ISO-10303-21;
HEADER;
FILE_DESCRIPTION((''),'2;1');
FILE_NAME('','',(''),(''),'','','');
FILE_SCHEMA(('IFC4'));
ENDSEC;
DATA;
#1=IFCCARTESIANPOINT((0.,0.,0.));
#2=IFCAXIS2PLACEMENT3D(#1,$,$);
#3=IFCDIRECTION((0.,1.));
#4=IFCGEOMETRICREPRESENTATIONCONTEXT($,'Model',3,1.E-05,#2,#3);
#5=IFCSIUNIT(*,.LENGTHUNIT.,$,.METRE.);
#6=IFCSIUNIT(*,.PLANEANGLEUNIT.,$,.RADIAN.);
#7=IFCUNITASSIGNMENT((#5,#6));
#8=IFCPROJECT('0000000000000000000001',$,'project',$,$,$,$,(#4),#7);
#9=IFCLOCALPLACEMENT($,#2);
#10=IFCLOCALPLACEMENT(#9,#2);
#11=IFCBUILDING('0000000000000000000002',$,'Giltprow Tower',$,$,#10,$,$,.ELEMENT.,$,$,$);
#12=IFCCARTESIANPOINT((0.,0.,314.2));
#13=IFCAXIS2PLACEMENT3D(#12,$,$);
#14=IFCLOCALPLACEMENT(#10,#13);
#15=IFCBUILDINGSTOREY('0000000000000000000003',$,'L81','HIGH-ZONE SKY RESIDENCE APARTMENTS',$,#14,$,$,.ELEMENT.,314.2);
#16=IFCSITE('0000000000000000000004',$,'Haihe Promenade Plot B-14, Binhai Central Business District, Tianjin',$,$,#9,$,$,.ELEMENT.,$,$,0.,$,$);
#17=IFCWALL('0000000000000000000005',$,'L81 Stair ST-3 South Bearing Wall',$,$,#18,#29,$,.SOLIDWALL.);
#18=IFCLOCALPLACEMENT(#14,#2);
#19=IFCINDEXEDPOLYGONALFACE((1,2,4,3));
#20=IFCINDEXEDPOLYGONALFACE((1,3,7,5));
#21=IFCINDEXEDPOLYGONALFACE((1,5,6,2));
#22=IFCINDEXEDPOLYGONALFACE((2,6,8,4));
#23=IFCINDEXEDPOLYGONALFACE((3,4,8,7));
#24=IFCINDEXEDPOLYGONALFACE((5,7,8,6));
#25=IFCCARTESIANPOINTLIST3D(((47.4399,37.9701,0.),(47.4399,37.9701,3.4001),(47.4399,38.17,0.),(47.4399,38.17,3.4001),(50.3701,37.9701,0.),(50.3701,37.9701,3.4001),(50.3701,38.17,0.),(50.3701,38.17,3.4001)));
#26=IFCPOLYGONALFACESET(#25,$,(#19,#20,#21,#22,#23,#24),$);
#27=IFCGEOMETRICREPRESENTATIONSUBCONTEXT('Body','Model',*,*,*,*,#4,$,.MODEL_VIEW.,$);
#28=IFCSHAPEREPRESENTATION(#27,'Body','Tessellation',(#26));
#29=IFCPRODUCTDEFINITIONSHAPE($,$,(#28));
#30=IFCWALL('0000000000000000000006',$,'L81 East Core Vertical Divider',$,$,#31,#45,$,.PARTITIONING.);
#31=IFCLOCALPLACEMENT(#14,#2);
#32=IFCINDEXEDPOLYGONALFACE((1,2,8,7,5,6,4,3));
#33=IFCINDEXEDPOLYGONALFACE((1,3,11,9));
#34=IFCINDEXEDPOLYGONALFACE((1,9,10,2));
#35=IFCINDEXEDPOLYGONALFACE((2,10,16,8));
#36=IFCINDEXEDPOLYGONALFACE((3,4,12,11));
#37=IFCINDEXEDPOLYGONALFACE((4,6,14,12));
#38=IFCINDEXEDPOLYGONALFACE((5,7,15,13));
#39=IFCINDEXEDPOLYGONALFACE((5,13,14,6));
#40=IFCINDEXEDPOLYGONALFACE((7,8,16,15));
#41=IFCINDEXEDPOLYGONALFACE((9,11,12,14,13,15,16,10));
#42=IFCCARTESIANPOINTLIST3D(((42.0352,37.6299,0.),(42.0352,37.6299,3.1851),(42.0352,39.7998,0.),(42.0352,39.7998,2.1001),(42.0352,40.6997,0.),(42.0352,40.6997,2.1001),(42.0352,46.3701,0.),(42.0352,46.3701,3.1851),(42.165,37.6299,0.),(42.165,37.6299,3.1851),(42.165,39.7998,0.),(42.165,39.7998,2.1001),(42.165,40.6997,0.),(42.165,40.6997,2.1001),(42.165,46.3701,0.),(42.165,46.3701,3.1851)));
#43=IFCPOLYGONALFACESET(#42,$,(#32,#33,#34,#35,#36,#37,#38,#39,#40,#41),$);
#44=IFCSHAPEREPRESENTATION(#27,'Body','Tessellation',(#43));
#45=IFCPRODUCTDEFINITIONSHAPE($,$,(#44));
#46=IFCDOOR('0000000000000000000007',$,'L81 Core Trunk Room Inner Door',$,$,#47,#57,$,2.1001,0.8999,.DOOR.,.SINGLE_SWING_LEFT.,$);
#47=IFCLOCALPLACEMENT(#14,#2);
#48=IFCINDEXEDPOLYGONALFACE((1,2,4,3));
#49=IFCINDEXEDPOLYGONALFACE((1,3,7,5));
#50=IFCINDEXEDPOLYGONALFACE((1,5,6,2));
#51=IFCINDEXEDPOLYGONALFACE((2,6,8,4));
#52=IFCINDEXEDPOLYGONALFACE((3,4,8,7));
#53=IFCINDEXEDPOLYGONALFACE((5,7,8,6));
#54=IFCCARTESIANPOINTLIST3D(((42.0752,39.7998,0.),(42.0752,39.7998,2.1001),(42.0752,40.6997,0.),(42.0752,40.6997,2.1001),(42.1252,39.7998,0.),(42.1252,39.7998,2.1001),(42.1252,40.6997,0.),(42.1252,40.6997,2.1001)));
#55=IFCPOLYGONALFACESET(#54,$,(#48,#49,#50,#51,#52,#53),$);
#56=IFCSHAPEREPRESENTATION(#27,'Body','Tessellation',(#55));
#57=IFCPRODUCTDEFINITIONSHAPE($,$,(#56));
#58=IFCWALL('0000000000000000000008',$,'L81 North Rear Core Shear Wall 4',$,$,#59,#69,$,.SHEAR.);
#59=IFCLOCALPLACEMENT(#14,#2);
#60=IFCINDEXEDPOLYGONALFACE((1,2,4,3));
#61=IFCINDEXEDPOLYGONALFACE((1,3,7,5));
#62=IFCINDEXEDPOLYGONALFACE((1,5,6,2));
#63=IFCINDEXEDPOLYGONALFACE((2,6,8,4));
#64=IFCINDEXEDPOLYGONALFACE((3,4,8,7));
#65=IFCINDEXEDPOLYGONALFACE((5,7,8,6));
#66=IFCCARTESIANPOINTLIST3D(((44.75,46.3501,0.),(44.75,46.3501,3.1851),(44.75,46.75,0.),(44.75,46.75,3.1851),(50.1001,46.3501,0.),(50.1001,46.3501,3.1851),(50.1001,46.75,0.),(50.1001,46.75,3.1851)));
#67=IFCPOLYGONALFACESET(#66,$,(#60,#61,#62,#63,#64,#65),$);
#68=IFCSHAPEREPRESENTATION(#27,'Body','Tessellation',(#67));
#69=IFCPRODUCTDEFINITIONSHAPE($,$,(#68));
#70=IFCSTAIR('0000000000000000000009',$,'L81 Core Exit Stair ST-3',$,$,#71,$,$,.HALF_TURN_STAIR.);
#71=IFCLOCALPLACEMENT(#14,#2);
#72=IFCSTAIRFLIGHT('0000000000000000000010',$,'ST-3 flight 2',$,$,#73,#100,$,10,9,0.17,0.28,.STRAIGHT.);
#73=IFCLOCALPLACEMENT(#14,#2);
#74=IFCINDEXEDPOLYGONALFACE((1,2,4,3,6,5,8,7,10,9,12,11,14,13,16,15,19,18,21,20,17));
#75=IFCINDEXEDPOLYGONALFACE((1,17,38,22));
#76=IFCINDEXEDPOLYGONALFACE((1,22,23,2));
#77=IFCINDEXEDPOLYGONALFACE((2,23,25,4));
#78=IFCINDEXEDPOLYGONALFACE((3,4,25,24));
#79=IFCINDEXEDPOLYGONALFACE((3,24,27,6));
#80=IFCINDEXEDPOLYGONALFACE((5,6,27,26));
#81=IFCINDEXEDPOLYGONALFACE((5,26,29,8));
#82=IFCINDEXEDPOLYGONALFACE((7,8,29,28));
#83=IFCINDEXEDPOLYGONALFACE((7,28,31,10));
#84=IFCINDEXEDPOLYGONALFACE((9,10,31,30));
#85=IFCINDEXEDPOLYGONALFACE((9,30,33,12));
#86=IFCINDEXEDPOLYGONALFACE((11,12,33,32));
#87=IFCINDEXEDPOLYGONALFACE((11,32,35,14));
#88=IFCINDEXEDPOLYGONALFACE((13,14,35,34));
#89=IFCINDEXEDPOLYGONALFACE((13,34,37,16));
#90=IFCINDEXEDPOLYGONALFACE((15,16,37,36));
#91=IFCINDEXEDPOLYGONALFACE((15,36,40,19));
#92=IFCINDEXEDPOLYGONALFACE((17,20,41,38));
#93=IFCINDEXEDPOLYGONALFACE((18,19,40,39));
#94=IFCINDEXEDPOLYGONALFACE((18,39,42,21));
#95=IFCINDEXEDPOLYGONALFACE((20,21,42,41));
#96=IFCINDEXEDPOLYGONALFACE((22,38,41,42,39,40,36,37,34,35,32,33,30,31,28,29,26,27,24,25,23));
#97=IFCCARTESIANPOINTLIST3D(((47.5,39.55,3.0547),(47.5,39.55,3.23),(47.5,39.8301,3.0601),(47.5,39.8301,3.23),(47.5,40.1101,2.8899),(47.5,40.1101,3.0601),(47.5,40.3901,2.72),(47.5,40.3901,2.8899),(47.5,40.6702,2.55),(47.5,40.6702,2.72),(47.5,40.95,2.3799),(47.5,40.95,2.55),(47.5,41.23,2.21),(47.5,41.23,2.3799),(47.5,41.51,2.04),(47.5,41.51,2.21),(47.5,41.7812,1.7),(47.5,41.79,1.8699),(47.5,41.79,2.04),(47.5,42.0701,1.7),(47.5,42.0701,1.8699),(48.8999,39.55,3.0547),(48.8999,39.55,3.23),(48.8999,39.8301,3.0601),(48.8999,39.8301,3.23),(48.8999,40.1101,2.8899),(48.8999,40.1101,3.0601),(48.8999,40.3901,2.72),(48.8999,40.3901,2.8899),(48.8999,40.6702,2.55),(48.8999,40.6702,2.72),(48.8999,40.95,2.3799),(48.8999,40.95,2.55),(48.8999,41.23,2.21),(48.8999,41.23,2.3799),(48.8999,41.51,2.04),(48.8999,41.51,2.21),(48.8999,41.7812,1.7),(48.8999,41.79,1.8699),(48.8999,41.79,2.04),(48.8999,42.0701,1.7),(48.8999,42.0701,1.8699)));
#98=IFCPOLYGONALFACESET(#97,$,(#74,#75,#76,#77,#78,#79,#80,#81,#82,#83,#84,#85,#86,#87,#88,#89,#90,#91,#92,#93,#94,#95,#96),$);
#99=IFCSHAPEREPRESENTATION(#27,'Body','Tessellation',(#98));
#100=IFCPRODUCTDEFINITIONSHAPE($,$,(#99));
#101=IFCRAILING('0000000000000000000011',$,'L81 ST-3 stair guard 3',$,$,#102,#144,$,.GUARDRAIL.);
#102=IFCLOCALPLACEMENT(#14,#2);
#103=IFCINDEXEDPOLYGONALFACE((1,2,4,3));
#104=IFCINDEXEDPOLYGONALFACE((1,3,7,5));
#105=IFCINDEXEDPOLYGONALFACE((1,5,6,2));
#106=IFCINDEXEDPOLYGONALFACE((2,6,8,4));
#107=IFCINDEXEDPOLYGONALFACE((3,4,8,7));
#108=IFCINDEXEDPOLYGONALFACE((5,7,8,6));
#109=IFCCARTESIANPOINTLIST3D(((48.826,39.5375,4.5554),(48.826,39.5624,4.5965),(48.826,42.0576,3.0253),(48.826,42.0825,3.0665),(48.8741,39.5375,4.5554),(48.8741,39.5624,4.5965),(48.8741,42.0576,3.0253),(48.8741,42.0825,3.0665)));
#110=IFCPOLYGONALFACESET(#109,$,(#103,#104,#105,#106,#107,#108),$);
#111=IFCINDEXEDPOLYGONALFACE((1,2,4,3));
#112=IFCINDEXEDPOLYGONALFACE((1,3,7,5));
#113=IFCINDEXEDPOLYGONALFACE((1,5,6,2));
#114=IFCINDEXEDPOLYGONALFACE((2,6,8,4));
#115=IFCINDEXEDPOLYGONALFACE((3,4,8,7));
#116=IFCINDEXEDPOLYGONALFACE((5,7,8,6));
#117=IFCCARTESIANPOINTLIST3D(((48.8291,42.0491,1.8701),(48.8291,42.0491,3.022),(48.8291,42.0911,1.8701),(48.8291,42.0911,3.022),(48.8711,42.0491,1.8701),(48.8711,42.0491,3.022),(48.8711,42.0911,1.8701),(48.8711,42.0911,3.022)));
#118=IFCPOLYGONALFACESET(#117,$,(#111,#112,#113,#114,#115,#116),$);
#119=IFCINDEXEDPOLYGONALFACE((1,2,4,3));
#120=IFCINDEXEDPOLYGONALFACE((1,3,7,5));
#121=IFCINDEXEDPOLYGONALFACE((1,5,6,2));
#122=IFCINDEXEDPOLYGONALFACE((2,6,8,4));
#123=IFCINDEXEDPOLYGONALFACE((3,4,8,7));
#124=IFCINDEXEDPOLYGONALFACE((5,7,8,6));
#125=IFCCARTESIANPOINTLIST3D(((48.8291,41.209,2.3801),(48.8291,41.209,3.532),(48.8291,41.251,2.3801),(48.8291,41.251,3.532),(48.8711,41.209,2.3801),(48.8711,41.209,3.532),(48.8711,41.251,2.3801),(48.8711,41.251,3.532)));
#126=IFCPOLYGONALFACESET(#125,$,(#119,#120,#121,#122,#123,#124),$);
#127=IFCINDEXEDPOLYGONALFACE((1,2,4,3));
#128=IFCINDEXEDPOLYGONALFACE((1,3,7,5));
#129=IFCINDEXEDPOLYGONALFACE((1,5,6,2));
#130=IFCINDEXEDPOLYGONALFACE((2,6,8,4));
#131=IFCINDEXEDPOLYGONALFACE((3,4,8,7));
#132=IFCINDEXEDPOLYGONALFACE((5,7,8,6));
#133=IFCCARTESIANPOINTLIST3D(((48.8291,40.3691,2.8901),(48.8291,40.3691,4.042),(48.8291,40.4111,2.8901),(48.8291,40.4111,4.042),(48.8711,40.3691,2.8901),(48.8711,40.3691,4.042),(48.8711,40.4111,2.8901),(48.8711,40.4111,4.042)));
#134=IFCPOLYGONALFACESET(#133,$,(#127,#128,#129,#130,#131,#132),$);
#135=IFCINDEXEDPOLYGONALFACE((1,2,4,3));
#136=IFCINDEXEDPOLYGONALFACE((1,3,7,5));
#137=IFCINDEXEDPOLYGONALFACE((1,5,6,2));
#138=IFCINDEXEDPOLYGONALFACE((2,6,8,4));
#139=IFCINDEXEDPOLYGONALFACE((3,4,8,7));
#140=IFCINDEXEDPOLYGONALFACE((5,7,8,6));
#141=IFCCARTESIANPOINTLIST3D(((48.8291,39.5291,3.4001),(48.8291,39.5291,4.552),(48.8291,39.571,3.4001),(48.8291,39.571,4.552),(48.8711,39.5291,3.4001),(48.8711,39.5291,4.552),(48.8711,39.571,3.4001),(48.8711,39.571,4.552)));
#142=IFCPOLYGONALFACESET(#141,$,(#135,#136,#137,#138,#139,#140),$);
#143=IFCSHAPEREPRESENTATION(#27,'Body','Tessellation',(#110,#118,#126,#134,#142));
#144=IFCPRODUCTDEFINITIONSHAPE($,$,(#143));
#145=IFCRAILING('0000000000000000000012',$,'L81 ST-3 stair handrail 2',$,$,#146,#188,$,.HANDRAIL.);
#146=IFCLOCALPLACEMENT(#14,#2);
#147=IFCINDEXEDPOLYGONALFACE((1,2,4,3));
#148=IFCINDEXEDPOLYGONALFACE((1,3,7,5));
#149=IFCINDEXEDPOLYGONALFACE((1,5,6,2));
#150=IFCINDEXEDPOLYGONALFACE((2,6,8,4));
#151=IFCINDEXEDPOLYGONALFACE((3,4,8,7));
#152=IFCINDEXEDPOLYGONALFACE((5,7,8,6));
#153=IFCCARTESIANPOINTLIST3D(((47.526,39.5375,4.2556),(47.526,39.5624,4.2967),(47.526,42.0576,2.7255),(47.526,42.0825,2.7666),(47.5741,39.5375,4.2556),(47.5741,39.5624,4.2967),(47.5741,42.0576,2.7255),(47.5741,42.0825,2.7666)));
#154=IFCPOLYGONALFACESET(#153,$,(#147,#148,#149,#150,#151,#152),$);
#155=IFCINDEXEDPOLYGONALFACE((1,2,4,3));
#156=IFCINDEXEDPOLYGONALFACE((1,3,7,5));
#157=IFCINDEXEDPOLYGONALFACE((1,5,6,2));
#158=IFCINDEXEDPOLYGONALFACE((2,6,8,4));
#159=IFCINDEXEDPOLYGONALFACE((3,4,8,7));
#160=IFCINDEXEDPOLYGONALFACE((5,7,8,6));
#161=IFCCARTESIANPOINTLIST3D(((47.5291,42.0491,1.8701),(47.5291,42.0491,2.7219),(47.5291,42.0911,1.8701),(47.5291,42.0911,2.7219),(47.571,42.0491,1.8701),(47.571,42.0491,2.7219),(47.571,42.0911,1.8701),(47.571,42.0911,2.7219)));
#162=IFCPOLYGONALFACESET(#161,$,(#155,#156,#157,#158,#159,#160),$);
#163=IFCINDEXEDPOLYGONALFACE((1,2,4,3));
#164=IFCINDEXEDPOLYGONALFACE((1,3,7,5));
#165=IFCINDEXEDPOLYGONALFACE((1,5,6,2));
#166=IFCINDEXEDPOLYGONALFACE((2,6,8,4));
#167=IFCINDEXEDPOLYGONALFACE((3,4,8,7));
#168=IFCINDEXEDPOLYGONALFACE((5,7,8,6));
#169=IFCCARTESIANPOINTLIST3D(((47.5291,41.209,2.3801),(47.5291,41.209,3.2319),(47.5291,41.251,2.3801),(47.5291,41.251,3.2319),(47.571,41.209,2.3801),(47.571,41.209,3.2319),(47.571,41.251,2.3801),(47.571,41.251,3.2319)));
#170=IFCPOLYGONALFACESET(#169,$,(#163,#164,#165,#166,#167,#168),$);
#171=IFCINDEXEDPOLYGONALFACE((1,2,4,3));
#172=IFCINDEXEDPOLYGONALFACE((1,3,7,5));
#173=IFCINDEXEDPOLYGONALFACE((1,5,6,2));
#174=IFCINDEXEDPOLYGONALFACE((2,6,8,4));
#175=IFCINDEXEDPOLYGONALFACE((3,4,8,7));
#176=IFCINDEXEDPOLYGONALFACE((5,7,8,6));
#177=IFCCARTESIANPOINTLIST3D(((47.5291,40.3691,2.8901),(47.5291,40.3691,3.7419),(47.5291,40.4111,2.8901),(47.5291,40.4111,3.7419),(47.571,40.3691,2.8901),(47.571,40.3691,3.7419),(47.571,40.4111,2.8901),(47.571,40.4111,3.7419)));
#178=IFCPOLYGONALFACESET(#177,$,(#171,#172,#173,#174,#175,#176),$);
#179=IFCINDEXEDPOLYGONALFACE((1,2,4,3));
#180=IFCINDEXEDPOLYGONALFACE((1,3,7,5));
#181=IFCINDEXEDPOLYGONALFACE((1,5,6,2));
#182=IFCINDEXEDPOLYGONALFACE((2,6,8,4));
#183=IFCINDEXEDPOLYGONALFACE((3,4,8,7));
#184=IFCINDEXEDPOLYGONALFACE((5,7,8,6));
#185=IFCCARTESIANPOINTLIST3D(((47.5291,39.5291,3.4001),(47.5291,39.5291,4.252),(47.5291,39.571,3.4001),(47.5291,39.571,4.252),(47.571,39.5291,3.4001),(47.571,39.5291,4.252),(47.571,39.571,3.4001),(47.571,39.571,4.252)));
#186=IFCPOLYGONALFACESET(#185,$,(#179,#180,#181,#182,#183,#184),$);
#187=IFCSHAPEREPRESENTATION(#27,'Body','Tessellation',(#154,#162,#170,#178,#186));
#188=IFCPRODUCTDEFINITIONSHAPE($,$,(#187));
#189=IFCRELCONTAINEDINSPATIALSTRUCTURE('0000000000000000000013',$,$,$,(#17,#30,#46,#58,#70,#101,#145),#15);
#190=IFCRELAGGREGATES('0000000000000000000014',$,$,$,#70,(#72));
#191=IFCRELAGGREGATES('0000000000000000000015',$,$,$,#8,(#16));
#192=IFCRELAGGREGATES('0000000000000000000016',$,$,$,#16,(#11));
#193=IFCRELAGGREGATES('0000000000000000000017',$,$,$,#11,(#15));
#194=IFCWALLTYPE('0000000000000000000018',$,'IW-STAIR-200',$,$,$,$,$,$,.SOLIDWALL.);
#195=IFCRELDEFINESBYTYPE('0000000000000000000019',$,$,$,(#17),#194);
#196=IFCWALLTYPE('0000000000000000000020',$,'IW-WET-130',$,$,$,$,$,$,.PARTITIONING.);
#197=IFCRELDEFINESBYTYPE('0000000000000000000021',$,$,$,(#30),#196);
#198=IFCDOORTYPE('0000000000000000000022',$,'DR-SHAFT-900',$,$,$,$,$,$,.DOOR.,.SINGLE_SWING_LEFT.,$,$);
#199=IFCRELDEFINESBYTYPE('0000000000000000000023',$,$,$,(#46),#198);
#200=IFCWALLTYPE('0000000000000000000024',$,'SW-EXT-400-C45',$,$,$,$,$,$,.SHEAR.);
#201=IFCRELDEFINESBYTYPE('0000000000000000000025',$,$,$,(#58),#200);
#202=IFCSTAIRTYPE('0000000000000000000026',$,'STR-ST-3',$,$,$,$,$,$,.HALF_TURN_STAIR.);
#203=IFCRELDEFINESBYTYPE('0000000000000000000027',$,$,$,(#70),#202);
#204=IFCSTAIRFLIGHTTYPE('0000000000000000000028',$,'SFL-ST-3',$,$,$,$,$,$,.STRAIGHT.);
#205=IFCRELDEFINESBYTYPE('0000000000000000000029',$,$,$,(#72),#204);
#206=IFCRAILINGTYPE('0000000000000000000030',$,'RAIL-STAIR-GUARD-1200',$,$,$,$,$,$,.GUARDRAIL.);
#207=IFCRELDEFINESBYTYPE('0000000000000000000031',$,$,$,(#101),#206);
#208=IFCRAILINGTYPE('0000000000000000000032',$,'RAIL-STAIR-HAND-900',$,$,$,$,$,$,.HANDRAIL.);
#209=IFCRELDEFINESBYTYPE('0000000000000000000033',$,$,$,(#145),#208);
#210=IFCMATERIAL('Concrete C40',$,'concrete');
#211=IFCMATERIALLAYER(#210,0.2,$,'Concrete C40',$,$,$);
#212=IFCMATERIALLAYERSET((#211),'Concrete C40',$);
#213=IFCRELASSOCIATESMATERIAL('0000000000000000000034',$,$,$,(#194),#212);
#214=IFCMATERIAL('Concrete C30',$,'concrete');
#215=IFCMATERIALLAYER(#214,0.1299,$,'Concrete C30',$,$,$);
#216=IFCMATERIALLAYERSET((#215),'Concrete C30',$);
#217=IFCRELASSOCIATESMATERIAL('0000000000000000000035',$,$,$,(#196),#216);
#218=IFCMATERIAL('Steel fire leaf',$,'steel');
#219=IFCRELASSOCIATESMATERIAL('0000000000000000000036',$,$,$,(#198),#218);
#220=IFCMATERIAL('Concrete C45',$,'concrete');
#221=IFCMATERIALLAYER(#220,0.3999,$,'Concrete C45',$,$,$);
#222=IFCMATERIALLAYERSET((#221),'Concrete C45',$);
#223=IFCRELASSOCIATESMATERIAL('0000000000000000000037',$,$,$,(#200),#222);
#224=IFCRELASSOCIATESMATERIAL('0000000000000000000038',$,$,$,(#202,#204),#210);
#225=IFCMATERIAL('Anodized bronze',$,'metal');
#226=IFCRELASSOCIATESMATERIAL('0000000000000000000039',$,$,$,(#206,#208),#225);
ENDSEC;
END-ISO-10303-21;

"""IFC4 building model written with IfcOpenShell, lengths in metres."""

from ifc_helpers import new_model, si_unit, direction, frame, frame_2d, origin, origin_2d, place, context, subcontext, project, spatial, polyline, rectangle, outline, extrude, source, transform, mapped, material, layer, layer_set, type_object, element, fill, aggregate, save


model = new_model("IFC4")

# Units and contexts
model_context = context("Model", 3, precision=1e-05, world=origin(), true_north=direction((0.0, 1.0)))
body_context = subcontext(model_context, "Body", "Model", "MODEL_VIEW")
ifc_project = project(units=[si_unit("LENGTHUNIT", "METRE"), si_unit("PLANEANGLEUNIT", "RADIAN")], contexts=[model_context])

# Site, building, storey
site_placement = place(None, origin())
site = spatial("IfcSite", under=ifc_project, at=site_placement, Name="Haihe Promenade Plot B-14, Binhai Central Business District, Tianjin", CompositionType="ELEMENT", RefElevation=0.0)
building_placement = place(site_placement, origin())
building = spatial("IfcBuilding", under=site, at=building_placement, Name="Giltprow Tower", CompositionType="ELEMENT")
storey_placement = place(building_placement, frame((0.0, 0.0, 314.2)))
storey = spatial("IfcBuildingStorey", under=building, at=storey_placement, Name="L81", Description="HIGH-ZONE SKY RESIDENCE APARTMENTS", CompositionType="ELEMENT", Elevation=314.2)

# Shared definitions
ifc_material_1 = material(Name="Concrete C45", Category="concrete")

# Shared definitions
ifc_material_2 = material(Name="Concrete C40", Category="concrete")

# Shared definitions
ifc_layer_1 = layer(ifc_material_2, 0.2, Name="Concrete C40")
ifc_layer_set_1 = layer_set([ifc_layer_1], Name="Concrete C40")
wall_type_1 = type_object("IfcWallType", Name="IW-STAIR-200", PredefinedType="SOLIDWALL", material=ifc_layer_set_1)
ifc_material_3 = material(Name="Steel fire leaf", Category="steel")

# Wall
for number, where, z_axis, x_axis, name in (
    (1, (47.4399, 38.0701, 0.0), (0.0, 0.0, 1.0), (1.0, 0.0, 0.0), "L81 Stair ST-3 South Bearing Wall"),
):
    element("IfcWall", number, at=place(storey_placement, frame(where, z_axis=z_axis, x_axis=x_axis)), inside=storey, type_object=wall_type_1, Name=name, PredefinedType="SOLIDWALL", context=body_context, shape_type="SweptSolid", body=[
        extrude(rectangle(XDim=2.9302, YDim=0.2, at=frame_2d((1.4651, 0.0))), origin(), (0.0, 0.0, 1.0), 3.4001),
    ])

# Wall, opening, door
ifc_material_4 = material(Name="Concrete C30", Category="concrete")
ifc_layer_2 = layer(ifc_material_4, 0.1299, Name="Concrete C30")
ifc_layer_set_2 = layer_set([ifc_layer_2], Name="Concrete C30")
wall_type_2 = type_object("IfcWallType", Name="IW-WET-130", PredefinedType="PARTITIONING", material=ifc_layer_set_2)
wall_1_placement = place(storey_placement, frame((42.1001, 37.6299, 0.0), z_axis=(0.0, 0.0, 1.0), x_axis=(0.0, 1.0, 0.0)))
wall_1 = element("IfcWall", 2, at=wall_1_placement, inside=storey, type_object=wall_type_2, Name="L81 East Core Vertical Divider", PredefinedType="PARTITIONING", context=body_context, shape_type="SweptSolid", body=[
    extrude(rectangle(XDim=8.7402, YDim=0.1299, at=frame_2d((4.3701, 0.0))), origin(), (0.0, 0.0, 1.0), 3.1851),
])
opening_1_placement = place(wall_1_placement, frame((2.1699, 0.0, 0.0)))
opening_1 = element("IfcOpeningElement", 3, at=opening_1_placement, cuts=wall_1, PredefinedType="OPENING", context=body_context, shape_type="SweptSolid", body=[
    extrude(rectangle(XDim=0.8999, YDim=2.1001, at=frame_2d((0.45, 1.05))), frame((0.0, 0.075, 0.0), z_axis=(0.0, -1.0, 0.0), x_axis=(1.0, 0.0, 0.0)), (0.0, 0.0, 1.0), 0.1499),
])
door_type_1 = type_object("IfcDoorType", Name="DR-SHAFT-900", OperationType="SINGLE_SWING_LEFT", PredefinedType="DOOR", material=ifc_material_3)
shared_shape_1 = source(origin(), body_context, "Body", "SweptSolid", [
    extrude(rectangle(XDim=0.8999, YDim=2.1001, at=frame_2d((0.45, 1.05))), frame((0.0, 0.0249, 0.0), z_axis=(0.0, -1.0, 0.0), x_axis=(1.0, 0.0, 0.0)), (0.0, 0.0, 1.0), 0.05),
])
door_1_placement = place(opening_1_placement, origin())
door_1 = element("IfcDoor", 4, at=door_1_placement, inside=storey, type_object=door_type_1, Name="L81 Core Trunk Room Inner Door", OperationType="SINGLE_SWING_LEFT", OverallHeight=2.1001, OverallWidth=0.8999, PredefinedType="DOOR", context=body_context, shape_type="MappedRepresentation", body=[
    mapped(shared_shape_1, transform((0.0, 0.0, 0.0), x_axis=(1.0, 0.0, 0.0), y_axis=(0.0, 1.0, 0.0), z_axis=(0.0, 0.0, 1.0), scale=1.0)),
])
fill(opening_1, door_1)

# Wall
ifc_layer_3 = layer(ifc_material_1, 0.3999, Name="Concrete C45")
ifc_layer_set_3 = layer_set([ifc_layer_3], Name="Concrete C45")
wall_type_3 = type_object("IfcWallType", Name="SW-EXT-400-C45", PredefinedType="SHEAR", material=ifc_layer_set_3)
wall_2_placement = place(storey_placement, frame((44.75, 46.55, 0.0), z_axis=(0.0, 0.0, 1.0), x_axis=(1.0, 0.0, 0.0)))
element("IfcWall", 5, at=wall_2_placement, inside=storey, type_object=wall_type_3, Name="L81 North Rear Core Shear Wall 4", PredefinedType="SHEAR", context=body_context, shape_type="SweptSolid", body=[
    extrude(rectangle(XDim=5.3501, YDim=0.3999, at=frame_2d((2.675, 0.0))), origin(), (0.0, 0.0, 1.0), 3.1851),
])

# Stair, stair flight
stair_type = type_object("IfcStairType", Name="STR-ST-3", PredefinedType="HALF_TURN_STAIR", material=ifc_material_2)
stair_placement = place(storey_placement, origin())
stair = element("IfcStair", 6, at=stair_placement, inside=storey, type_object=stair_type, Name="L81 Core Exit Stair ST-3", PredefinedType="HALF_TURN_STAIR")
stair_flight_type = type_object("IfcStairFlightType", Name="SFL-ST-3", PredefinedType="STRAIGHT", material=ifc_material_2)
stair_flight_placement = place(storey_placement, frame((48.2, 42.0701, 1.7), z_axis=(0.0, 0.0, 1.0), x_axis=(0.0, -1.0, 0.0)))
stair_flight = element("IfcStairFlight", 7, at=stair_flight_placement, type_object=stair_flight_type, Name="ST-3 flight 2", NumberOfRisers=10, NumberOfTreads=9, PredefinedType="STRAIGHT", RiserHeight=0.17, TreadLength=0.28, context=body_context, shape_type="SweptSolid", body=[
    extrude(outline(polyline([(0.0, 0.0), (0.0, 0.1699), (0.28, 0.1699), (0.28, 0.3401), (0.5601, 0.3401), (0.5601, 0.51), (0.8401, 0.51), (0.8401, 0.6799), (1.1201, 0.6799), (1.1201, 0.8501), (1.3999, 0.8501), (1.3999, 1.02), (1.6799, 1.02), (1.6799, 1.1899), (1.96, 1.1899), (1.96, 1.3601), (2.24, 1.3601), (2.24, 1.53), (2.52, 1.53), (2.52, 1.7), (2.52, 1.3547), (0.2888, 0.0), (0.0, 0.0)])), frame((0.0, 0.7, 0.0), z_axis=(0.0, -1.0, 0.0), x_axis=(1.0, 0.0, 0.0)), (0.0, 0.0, 1.0), 1.3999),
])
aggregate(stair, [stair_flight])

# Railings
ifc_material_5 = material(Name="Anodized bronze", Category="metal")
railing_type_1 = type_object("IfcRailingType", Name="RAIL-STAIR-GUARD-1200", PredefinedType="GUARDRAIL", material=ifc_material_5)
railing_1_placement = place(storey_placement, frame((48.8501, 42.0701, 1.8701)))
element("IfcRailing", 8, at=railing_1_placement, inside=storey, type_object=railing_type_1, Name="L81 ST-3 stair guard 3", PredefinedType="GUARDRAIL", context=body_context, shape_type="SweptSolid", body=[
    extrude(rectangle(XDim=0.0481, YDim=0.0481, at=origin_2d()), frame((0.0, 0.0, 1.1758), z_axis=(0.0, -0.854785, 0.518982), x_axis=(1.0, 0.0, 0.0)), (0.0, 0.0, 1.0), 2.9482),
    extrude(rectangle(XDim=0.042, YDim=0.042, at=origin_2d()), origin(), (0.0, 0.0, 1.0), 1.1519),
    extrude(rectangle(XDim=0.042, YDim=0.042, at=origin_2d()), frame((0.0, -0.8401, 0.51)), (0.0, 0.0, 1.0), 1.1519),
    extrude(rectangle(XDim=0.042, YDim=0.042, at=origin_2d()), frame((0.0, -1.6799, 1.02)), (0.0, 0.0, 1.0), 1.1519),
    extrude(rectangle(XDim=0.042, YDim=0.042, at=origin_2d()), frame((0.0, -2.52, 1.53)), (0.0, 0.0, 1.0), 1.1519),
])
railing_type_2 = type_object("IfcRailingType", Name="RAIL-STAIR-HAND-900", PredefinedType="HANDRAIL", material=ifc_material_5)
railing_2_placement = place(storey_placement, frame((47.55, 42.0701, 1.8701)))
element("IfcRailing", 9, at=railing_2_placement, inside=storey, type_object=railing_type_2, Name="L81 ST-3 stair handrail 2", PredefinedType="HANDRAIL", context=body_context, shape_type="SweptSolid", body=[
    extrude(rectangle(XDim=0.0481, YDim=0.0481, at=origin_2d()), frame((0.0, 0.0, 0.876), z_axis=(0.0, -0.854785, 0.518982), x_axis=(1.0, 0.0, 0.0)), (0.0, 0.0, 1.0), 2.9482),
    extrude(rectangle(XDim=0.042, YDim=0.042, at=origin_2d()), origin(), (0.0, 0.0, 1.0), 0.8518),
    extrude(rectangle(XDim=0.042, YDim=0.042, at=origin_2d()), frame((0.0, -0.8401, 0.51)), (0.0, 0.0, 1.0), 0.8518),
    extrude(rectangle(XDim=0.042, YDim=0.042, at=origin_2d()), frame((0.0, -1.6799, 1.02)), (0.0, 0.0, 1.0), 0.8518),
    extrude(rectangle(XDim=0.042, YDim=0.042, at=origin_2d()), frame((0.0, -2.52, 1.53)), (0.0, 0.0, 1.0), 0.8518),
])

save(model, "model.ifc")
